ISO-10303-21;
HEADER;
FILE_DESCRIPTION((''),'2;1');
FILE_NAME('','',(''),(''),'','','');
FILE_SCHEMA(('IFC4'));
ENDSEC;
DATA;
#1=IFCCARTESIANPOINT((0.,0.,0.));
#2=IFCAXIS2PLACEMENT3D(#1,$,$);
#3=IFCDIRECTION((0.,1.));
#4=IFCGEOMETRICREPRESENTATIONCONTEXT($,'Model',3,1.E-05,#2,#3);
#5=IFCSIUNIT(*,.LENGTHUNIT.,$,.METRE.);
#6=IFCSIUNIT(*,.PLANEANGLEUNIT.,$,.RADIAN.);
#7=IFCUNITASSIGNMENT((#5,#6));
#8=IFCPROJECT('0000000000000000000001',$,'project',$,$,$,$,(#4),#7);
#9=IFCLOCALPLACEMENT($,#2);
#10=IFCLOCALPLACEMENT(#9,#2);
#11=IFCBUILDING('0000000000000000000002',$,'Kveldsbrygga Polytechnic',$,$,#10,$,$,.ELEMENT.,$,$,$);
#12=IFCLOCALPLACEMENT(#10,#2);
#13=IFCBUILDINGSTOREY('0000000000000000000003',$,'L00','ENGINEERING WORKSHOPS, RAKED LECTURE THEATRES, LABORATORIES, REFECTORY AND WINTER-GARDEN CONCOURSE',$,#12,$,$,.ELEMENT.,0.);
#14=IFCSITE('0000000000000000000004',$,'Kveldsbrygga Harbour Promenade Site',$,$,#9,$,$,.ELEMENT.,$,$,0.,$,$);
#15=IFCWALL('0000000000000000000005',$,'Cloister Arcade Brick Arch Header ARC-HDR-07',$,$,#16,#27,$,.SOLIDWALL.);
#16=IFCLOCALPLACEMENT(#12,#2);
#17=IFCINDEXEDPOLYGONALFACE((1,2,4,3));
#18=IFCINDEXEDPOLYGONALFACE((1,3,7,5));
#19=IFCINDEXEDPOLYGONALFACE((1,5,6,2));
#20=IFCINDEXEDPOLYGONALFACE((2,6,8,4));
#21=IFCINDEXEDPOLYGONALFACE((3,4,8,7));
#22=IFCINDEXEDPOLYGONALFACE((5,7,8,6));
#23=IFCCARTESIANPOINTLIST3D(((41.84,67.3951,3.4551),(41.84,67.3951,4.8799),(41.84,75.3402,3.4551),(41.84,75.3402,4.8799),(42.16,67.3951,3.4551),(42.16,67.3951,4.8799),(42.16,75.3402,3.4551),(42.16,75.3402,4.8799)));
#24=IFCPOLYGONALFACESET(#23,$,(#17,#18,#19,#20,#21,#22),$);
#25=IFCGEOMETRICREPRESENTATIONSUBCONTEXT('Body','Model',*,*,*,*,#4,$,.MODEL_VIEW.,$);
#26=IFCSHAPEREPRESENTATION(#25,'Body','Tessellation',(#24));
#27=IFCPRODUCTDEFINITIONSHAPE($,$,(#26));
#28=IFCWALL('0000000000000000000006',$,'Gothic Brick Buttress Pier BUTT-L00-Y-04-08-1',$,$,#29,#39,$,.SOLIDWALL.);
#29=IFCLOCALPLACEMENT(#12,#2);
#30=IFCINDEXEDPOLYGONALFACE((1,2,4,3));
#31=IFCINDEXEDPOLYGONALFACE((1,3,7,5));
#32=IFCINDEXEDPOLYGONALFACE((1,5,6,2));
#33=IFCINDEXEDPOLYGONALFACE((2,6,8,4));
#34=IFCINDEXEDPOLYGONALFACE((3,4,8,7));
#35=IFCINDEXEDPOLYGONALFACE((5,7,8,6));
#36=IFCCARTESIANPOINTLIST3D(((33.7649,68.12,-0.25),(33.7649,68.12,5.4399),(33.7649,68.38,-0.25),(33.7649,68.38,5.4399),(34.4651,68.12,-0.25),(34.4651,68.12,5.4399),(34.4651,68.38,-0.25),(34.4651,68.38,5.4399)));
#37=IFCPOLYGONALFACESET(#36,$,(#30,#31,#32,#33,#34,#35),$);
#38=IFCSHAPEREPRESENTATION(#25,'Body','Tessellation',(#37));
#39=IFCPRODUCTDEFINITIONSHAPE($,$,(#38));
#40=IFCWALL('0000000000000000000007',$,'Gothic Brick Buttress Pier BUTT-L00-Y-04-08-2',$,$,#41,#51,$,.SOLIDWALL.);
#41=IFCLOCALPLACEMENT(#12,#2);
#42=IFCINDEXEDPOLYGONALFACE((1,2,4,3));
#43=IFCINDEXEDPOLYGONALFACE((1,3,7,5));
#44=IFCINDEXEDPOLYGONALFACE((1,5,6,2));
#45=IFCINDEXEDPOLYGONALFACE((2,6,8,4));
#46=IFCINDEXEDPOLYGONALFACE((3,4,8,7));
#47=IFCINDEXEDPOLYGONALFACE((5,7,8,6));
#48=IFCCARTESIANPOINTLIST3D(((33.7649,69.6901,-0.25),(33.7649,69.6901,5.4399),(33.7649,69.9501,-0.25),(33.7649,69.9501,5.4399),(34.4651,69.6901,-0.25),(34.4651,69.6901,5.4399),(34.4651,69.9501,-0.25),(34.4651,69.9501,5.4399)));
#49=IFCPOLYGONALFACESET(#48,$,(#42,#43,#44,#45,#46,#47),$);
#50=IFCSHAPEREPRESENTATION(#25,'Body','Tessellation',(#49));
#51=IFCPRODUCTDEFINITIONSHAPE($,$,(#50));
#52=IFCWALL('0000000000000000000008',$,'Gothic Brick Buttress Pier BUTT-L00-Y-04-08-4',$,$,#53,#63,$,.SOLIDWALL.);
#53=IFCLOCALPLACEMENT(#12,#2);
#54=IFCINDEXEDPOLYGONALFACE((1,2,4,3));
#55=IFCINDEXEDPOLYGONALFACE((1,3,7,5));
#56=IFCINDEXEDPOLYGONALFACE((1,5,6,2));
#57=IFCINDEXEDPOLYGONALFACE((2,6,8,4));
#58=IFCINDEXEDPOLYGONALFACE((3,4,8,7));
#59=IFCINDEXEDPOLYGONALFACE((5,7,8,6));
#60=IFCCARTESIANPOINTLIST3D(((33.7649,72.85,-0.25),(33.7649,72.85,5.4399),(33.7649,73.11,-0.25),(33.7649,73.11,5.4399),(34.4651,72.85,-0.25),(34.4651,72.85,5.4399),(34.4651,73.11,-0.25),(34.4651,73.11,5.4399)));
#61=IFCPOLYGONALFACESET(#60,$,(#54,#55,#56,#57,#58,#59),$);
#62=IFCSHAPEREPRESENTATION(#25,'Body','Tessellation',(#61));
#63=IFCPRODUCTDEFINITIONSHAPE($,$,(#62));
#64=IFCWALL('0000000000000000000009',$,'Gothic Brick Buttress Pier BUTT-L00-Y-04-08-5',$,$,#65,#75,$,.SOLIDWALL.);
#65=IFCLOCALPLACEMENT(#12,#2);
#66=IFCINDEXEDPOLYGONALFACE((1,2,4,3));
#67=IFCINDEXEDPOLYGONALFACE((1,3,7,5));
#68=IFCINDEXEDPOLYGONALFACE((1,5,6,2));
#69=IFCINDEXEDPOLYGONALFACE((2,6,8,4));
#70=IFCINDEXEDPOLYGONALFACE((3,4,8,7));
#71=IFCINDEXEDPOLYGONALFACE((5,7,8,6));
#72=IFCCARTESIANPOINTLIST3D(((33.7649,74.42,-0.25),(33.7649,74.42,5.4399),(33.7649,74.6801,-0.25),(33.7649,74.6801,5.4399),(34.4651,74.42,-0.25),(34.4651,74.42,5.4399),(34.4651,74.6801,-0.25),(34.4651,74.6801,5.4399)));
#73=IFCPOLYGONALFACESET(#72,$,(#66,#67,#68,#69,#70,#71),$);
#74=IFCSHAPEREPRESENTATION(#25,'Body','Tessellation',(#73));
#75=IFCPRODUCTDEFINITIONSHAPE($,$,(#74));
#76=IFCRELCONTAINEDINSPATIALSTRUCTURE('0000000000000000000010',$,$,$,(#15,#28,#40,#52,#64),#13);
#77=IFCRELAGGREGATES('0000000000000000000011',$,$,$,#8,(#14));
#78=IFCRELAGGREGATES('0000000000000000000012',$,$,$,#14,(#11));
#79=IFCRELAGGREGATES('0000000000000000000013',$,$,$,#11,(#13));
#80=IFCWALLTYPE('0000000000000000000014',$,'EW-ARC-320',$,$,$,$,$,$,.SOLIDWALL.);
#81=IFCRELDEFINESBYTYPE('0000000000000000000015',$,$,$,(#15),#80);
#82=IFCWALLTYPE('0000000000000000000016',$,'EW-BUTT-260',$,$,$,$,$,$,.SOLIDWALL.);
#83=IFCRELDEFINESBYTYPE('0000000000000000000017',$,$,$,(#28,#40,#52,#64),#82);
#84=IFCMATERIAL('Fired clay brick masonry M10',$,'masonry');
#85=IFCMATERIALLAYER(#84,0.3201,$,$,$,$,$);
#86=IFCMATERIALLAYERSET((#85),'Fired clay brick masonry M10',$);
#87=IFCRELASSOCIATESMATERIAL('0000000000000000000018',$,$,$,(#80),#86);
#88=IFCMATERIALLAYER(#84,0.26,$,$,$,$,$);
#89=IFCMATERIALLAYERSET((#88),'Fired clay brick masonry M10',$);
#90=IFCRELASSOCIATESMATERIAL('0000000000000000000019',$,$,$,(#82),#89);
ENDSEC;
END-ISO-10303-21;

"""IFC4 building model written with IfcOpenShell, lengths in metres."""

from ifc_helpers import new_model, si_unit, direction, frame, frame_2d, origin, place, context, subcontext, project, spatial, rectangle, extrude, material, layer, layer_set, type_object, element, save


model = new_model("IFC4")

# Units and contexts
model_context = context("Model", 3, precision=1e-05, world=origin(), true_north=direction((0.0, 1.0)))
body_context = subcontext(model_context, "Body", "Model", "MODEL_VIEW")
ifc_project = project(units=[si_unit("LENGTHUNIT", "METRE"), si_unit("PLANEANGLEUNIT", "RADIAN")], contexts=[model_context])

# Site, building, storey
site_placement = place(None, origin())
site = spatial("IfcSite", under=ifc_project, at=site_placement, Name="Kveldsbrygga Harbour Promenade Site", CompositionType="ELEMENT", RefElevation=0.0)
building_placement = place(site_placement, origin())
building = spatial("IfcBuilding", under=site, at=building_placement, Name="Kveldsbrygga Polytechnic", CompositionType="ELEMENT")
storey_placement = place(building_placement, origin())
storey = spatial("IfcBuildingStorey", under=building, at=storey_placement, Name="L00", Description="ENGINEERING WORKSHOPS, RAKED LECTURE THEATRES, LABORATORIES, REFECTORY AND WINTER-GARDEN CONCOURSE", CompositionType="ELEMENT", Elevation=0.0)

# Walls
ifc_material_1 = material(Name="Fired clay brick masonry M10", Category="masonry")
ifc_layer_1 = layer(ifc_material_1, 0.3201)
ifc_layer_set_1 = layer_set([ifc_layer_1], Name="Fired clay brick masonry M10")
wall_type_1 = type_object("IfcWallType", Name="EW-ARC-320", PredefinedType="SOLIDWALL", material=ifc_layer_set_1)
wall_1_placement = place(storey_placement, frame((42.0, 67.395, 3.4551), z_axis=(0.0, 0.0, 1.0), x_axis=(0.0, 1.0, 0.0)))
element("IfcWall", 1, at=wall_1_placement, inside=storey, type_object=wall_type_1, Name="Cloister Arcade Brick Arch Header ARC-HDR-07", PredefinedType="SOLIDWALL", context=body_context, shape_type="SweptSolid", body=[
    extrude(rectangle(XDim=7.9451, YDim=0.3201, at=frame_2d((3.9727, 0.0))), origin(), (0.0, 0.0, 1.0), 1.4248),
])
ifc_layer_2 = layer(ifc_material_1, 0.26)
ifc_layer_set_2 = layer_set([ifc_layer_2], Name="Fired clay brick masonry M10")
wall_type_2 = type_object("IfcWallType", Name="EW-BUTT-260", PredefinedType="SOLIDWALL", material=ifc_layer_set_2)
for number, where, z_axis, x_axis, name in (
    (2, (33.7649, 68.25, -0.25), (0.0, 0.0, 1.0), (1.0, 0.0, 0.0), "Gothic Brick Buttress Pier BUTT-L00-Y-04-08-1"),
    (3, (33.7649, 69.8201, -0.25), (0.0, 0.0, 1.0), (1.0, 0.0, 0.0), "Gothic Brick Buttress Pier BUTT-L00-Y-04-08-2"),
    (4, (33.7649, 72.98, -0.25), (0.0, 0.0, 1.0), (1.0, 0.0, 0.0), "Gothic Brick Buttress Pier BUTT-L00-Y-04-08-4"),
    (5, (33.7649, 74.55, -0.25), (0.0, 0.0, 1.0), (1.0, 0.0, 0.0), "Gothic Brick Buttress Pier BUTT-L00-Y-04-08-5"),
):
    element("IfcWall", number, at=place(storey_placement, frame(where, z_axis=z_axis, x_axis=x_axis)), inside=storey, type_object=wall_type_2, Name=name, PredefinedType="SOLIDWALL", context=body_context, shape_type="SweptSolid", body=[
        extrude(rectangle(XDim=0.7002, YDim=0.26, at=frame_2d((0.3501, 0.0))), origin(), (0.0, 0.0, 1.0), 5.6899),
    ])

save(model, "model.ifc")
